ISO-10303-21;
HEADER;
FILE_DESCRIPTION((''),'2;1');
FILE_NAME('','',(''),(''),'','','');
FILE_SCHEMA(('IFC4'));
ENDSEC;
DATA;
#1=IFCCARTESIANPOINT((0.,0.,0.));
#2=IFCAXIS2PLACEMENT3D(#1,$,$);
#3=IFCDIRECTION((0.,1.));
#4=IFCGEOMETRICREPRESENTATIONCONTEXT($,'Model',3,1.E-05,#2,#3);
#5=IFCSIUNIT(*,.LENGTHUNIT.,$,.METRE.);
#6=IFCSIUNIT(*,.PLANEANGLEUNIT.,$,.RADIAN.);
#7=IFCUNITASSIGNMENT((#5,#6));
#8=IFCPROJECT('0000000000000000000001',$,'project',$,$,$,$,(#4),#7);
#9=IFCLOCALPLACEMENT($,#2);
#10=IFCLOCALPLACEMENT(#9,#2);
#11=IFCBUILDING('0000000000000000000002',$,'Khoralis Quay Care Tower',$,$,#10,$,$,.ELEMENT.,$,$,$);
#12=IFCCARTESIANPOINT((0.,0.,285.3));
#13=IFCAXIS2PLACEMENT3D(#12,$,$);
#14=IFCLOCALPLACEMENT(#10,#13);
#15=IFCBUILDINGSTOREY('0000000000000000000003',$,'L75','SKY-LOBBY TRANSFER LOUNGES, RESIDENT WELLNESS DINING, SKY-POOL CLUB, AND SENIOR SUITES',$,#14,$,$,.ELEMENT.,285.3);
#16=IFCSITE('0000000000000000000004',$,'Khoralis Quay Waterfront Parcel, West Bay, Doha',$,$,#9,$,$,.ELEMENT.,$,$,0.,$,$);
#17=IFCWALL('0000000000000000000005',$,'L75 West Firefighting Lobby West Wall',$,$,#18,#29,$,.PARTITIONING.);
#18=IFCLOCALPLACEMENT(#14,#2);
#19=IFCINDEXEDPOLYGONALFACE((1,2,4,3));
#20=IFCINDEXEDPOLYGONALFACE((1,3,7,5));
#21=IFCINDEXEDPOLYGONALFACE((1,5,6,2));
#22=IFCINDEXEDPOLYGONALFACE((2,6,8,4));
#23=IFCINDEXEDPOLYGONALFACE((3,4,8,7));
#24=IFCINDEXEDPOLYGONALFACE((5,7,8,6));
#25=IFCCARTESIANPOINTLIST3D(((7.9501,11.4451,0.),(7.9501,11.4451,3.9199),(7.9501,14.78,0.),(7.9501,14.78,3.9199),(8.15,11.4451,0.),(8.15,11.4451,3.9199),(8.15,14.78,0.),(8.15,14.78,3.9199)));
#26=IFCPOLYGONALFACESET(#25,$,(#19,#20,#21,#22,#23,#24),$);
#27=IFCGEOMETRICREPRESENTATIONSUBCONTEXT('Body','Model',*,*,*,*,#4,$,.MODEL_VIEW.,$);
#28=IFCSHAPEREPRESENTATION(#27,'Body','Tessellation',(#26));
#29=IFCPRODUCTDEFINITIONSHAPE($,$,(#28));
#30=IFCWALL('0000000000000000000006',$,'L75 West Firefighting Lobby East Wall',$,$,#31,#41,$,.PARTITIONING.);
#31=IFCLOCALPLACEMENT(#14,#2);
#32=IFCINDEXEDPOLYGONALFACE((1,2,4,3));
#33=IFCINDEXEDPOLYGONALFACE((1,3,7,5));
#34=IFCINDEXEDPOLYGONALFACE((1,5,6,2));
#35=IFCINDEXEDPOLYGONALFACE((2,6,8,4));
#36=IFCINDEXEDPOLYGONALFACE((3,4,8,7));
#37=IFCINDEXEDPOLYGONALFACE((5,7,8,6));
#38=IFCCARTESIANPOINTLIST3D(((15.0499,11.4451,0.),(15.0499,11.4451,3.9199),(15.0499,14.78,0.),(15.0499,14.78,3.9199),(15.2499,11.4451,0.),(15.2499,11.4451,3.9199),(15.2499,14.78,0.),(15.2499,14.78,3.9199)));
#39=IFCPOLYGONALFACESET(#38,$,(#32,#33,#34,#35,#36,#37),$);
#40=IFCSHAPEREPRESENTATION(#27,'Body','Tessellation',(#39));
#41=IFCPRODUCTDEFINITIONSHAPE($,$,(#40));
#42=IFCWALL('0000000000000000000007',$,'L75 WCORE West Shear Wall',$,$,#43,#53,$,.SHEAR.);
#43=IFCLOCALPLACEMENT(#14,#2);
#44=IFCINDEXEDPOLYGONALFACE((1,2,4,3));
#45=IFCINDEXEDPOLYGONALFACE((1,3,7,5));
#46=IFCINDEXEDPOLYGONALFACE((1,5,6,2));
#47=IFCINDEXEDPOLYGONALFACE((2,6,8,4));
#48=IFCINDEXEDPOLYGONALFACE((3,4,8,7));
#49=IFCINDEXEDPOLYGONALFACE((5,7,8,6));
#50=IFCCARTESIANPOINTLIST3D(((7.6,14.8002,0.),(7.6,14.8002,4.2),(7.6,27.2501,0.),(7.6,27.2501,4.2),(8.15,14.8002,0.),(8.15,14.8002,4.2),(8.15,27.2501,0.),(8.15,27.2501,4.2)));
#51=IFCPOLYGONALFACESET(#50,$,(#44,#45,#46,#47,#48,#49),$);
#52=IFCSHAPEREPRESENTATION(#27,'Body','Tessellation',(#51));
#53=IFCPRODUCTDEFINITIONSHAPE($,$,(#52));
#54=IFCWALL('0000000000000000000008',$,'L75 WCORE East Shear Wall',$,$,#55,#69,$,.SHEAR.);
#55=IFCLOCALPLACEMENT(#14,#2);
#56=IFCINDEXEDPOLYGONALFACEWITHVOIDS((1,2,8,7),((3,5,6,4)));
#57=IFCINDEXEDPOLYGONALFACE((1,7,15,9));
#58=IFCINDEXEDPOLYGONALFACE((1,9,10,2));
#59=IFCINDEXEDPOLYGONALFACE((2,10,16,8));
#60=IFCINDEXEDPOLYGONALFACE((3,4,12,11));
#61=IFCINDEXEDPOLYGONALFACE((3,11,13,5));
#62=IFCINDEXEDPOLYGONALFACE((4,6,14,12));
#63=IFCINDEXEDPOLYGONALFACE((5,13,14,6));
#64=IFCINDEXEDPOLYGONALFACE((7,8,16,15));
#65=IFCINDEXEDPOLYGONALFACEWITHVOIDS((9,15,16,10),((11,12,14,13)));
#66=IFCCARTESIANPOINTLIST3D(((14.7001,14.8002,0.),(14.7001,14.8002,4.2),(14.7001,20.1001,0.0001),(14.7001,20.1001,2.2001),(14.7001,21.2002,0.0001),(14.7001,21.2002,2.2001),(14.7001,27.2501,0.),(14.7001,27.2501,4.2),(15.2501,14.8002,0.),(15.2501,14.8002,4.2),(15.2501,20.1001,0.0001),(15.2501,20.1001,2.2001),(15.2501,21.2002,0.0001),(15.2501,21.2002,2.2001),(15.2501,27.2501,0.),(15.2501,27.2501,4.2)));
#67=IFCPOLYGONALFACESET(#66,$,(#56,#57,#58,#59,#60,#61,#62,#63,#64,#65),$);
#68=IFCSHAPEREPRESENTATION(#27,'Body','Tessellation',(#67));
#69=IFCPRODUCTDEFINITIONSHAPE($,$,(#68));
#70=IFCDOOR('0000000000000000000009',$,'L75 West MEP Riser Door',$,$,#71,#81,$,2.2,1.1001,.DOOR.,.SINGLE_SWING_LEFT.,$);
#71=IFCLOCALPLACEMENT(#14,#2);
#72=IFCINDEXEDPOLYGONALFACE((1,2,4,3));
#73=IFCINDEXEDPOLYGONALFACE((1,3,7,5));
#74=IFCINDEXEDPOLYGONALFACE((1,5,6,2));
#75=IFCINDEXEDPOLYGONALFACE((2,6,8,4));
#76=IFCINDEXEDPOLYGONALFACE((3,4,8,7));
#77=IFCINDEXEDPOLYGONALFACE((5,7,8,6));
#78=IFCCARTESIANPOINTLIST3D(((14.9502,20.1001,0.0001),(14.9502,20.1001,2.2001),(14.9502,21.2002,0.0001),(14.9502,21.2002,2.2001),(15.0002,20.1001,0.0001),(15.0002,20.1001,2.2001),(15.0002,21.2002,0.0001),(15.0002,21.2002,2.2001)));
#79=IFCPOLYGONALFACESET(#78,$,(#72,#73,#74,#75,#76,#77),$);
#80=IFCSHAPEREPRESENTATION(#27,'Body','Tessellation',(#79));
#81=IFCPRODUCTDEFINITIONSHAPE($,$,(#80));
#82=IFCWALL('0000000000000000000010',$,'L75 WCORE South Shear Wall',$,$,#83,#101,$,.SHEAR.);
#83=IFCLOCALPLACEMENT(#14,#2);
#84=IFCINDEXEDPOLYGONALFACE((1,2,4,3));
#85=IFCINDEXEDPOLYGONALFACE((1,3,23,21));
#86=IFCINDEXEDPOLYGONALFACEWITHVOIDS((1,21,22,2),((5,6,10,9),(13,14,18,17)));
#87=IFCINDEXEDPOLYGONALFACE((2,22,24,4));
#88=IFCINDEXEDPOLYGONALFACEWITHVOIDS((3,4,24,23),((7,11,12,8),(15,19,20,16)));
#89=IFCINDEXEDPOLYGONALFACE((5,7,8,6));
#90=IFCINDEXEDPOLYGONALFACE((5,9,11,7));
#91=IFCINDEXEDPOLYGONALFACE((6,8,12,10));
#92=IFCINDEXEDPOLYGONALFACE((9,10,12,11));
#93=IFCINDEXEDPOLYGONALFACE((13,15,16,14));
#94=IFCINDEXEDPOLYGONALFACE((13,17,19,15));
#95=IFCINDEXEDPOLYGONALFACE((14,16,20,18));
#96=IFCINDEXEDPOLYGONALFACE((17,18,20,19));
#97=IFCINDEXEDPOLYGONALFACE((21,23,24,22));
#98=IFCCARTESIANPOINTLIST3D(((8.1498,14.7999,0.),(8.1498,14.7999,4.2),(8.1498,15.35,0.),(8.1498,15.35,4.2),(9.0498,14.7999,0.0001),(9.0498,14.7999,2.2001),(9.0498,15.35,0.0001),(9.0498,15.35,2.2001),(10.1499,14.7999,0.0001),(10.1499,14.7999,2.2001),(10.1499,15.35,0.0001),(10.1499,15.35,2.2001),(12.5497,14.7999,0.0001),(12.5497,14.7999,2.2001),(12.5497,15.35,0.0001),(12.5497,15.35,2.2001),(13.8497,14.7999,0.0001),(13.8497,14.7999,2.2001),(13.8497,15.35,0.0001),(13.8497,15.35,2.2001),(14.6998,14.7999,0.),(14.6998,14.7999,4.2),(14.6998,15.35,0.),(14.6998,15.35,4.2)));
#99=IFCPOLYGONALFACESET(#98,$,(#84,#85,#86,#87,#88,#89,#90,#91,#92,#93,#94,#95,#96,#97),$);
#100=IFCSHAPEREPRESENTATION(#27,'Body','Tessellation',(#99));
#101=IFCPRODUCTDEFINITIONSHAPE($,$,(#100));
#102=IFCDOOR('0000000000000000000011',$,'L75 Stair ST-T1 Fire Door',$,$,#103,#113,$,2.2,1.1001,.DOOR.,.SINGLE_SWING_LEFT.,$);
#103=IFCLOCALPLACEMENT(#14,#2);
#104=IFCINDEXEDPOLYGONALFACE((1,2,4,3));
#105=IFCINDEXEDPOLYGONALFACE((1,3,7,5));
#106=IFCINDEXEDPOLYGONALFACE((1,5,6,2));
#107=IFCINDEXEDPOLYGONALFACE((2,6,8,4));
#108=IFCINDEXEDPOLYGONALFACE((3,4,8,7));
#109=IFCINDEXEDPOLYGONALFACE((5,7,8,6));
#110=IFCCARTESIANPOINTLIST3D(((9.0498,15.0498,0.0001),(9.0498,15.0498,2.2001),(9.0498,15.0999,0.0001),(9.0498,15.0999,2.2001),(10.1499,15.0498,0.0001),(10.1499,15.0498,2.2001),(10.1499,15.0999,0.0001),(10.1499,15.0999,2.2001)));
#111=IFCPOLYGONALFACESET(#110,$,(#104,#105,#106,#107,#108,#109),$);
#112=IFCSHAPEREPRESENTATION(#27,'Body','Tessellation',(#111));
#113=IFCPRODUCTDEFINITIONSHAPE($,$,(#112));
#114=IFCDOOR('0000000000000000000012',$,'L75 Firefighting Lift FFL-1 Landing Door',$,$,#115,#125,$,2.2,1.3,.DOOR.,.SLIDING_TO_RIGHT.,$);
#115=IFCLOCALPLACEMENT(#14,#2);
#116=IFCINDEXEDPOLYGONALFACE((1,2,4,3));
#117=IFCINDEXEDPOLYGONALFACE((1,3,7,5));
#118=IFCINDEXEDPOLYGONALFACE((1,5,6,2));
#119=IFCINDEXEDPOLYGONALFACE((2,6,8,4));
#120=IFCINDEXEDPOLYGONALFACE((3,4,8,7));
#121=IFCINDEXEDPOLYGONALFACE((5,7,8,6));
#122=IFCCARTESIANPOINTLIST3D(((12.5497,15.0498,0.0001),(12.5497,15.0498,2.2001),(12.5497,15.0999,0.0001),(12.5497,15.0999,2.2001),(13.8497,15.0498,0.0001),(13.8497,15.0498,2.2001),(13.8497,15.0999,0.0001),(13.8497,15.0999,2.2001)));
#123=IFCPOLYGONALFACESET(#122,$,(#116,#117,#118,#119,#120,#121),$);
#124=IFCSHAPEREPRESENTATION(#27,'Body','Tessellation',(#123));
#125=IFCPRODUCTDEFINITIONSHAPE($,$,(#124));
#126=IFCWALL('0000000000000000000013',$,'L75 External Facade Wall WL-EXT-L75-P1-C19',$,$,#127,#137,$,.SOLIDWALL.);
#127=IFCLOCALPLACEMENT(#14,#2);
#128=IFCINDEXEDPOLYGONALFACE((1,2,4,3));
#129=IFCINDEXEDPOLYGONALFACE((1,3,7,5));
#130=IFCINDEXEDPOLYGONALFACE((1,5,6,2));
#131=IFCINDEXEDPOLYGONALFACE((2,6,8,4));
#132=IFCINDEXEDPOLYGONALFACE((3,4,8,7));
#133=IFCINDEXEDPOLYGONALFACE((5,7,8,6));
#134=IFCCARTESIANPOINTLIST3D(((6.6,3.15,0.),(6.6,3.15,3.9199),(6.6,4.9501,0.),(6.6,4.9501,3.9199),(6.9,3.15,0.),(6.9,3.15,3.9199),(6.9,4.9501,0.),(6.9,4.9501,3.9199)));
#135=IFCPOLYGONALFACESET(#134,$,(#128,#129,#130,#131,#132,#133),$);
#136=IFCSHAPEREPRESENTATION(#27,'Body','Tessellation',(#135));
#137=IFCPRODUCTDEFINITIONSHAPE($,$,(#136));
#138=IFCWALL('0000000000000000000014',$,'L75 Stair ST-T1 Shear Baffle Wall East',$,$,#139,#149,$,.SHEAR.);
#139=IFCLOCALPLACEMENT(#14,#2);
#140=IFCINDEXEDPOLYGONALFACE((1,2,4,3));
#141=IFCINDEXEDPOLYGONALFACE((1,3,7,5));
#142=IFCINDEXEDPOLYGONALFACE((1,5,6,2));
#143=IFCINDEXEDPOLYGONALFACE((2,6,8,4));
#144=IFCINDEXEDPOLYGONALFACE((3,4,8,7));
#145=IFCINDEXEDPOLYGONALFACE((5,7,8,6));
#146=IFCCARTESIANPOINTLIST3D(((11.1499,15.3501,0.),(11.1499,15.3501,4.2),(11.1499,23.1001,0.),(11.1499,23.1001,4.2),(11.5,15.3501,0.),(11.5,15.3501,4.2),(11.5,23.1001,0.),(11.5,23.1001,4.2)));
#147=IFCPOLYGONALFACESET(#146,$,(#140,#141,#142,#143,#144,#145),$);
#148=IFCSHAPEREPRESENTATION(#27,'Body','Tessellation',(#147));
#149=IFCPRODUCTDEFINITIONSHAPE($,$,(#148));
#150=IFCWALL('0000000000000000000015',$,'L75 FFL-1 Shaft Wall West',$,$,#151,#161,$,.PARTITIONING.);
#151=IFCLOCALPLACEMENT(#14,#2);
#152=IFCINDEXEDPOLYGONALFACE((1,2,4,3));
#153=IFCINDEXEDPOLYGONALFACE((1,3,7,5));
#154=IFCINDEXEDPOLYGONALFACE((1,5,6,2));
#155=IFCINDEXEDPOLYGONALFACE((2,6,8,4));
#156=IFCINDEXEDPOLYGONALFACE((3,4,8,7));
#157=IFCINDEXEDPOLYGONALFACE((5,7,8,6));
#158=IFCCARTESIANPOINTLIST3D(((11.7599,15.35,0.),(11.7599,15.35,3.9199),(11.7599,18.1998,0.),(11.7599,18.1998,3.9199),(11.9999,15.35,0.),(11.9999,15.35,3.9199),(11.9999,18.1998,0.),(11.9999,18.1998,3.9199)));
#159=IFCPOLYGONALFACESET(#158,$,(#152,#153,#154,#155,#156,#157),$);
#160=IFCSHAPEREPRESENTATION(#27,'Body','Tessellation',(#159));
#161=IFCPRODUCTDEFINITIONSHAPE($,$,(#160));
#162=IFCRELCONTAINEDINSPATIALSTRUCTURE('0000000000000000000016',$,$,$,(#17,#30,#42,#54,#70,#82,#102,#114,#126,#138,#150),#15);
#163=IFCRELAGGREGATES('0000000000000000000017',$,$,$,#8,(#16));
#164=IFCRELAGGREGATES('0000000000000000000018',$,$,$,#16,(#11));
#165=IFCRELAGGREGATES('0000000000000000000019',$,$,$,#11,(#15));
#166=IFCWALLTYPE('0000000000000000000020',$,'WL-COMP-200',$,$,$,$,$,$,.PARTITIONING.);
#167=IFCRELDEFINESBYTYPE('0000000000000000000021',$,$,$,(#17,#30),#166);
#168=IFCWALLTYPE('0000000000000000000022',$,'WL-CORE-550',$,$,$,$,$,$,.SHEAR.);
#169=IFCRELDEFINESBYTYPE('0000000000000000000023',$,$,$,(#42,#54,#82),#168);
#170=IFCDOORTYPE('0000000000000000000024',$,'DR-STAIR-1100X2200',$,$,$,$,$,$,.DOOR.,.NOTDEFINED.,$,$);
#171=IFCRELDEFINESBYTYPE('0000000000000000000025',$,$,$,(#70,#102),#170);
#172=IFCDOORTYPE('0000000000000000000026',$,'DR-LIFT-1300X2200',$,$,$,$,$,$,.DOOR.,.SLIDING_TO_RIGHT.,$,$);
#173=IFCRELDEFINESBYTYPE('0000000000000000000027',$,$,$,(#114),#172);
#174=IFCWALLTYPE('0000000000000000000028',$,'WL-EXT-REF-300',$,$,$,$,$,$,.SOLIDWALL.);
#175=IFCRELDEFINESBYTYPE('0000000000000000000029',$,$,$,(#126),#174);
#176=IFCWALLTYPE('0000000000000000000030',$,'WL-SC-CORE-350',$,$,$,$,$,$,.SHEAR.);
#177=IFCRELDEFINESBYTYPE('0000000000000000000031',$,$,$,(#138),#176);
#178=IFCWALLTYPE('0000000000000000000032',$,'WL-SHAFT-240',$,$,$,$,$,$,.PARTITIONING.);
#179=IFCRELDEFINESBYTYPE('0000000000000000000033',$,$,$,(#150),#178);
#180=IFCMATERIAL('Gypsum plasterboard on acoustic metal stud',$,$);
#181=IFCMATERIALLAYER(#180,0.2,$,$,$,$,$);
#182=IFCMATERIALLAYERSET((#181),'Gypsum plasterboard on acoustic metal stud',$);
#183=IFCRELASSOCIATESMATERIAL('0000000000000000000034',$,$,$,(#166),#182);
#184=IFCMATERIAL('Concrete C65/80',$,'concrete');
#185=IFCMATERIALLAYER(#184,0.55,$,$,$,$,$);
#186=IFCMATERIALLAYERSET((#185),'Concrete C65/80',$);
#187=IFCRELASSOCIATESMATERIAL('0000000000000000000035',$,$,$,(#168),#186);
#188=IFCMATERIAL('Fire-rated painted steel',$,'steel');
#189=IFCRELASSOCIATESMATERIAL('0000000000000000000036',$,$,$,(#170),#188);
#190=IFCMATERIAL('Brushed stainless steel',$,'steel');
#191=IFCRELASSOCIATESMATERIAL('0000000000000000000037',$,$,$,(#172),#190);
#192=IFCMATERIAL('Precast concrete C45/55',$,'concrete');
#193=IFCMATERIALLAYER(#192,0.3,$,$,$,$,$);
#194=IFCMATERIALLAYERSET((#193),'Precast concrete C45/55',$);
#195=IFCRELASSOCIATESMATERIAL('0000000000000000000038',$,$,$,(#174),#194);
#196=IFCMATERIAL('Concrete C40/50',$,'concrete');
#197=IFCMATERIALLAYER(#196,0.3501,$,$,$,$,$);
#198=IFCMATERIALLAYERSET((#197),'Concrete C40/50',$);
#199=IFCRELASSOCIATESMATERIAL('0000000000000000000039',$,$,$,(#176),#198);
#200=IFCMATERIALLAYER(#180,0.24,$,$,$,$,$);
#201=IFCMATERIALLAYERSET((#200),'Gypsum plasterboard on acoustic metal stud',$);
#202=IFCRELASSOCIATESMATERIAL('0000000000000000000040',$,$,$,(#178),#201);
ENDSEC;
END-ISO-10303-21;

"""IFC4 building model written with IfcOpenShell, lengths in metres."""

from ifc_helpers import new_model, si_unit, direction, frame, frame_2d, origin, place, context, subcontext, project, spatial, rectangle, extrude, source, transform, mapped, material, layer, layer_set, type_object, element, fill, save


model = new_model("IFC4")

# Units and contexts
model_context = context("Model", 3, precision=1e-05, world=origin(), true_north=direction((0.0, 1.0)))
body_context = subcontext(model_context, "Body", "Model", "MODEL_VIEW")
ifc_project = project(units=[si_unit("LENGTHUNIT", "METRE"), si_unit("PLANEANGLEUNIT", "RADIAN")], contexts=[model_context])

# Site, building, storey
site_placement = place(None, origin())
site = spatial("IfcSite", under=ifc_project, at=site_placement, Name="Khoralis Quay Waterfront Parcel, West Bay, Doha", CompositionType="ELEMENT", RefElevation=0.0)
building_placement = place(site_placement, origin())
building = spatial("IfcBuilding", under=site, at=building_placement, Name="Khoralis Quay Care Tower", CompositionType="ELEMENT")
storey_placement = place(building_placement, frame((0.0, 0.0, 285.3)))
storey = spatial("IfcBuildingStorey", under=building, at=storey_placement, Name="L75", Description="SKY-LOBBY TRANSFER LOUNGES, RESIDENT WELLNESS DINING, SKY-POOL CLUB, AND SENIOR SUITES", CompositionType="ELEMENT", Elevation=285.3)

# Shared definitions
ifc_material_1 = material(Name="Gypsum plasterboard on acoustic metal stud")
ifc_layer_1 = layer(ifc_material_1, 0.2)
ifc_layer_set_1 = layer_set([ifc_layer_1], Name="Gypsum plasterboard on acoustic metal stud")
wall_type_1 = type_object("IfcWallType", Name="WL-COMP-200", PredefinedType="PARTITIONING", material=ifc_layer_set_1)
ifc_material_2 = material(Name="Fire-rated painted steel", Category="steel")

# Walls
for number, where, z_axis, x_axis, name in (
    (1, (8.05, 11.4451, 0.0), (0.0, 0.0, 1.0), (0.0, 1.0, 0.0), "L75 West Firefighting Lobby West Wall"),
    (2, (15.1499, 11.4451, 0.0), (0.0, 0.0, 1.0), (0.0, 1.0, 0.0), "L75 West Firefighting Lobby East Wall"),
):
    element("IfcWall", number, at=place(storey_placement, frame(where, z_axis=z_axis, x_axis=x_axis)), inside=storey, type_object=wall_type_1, Name=name, PredefinedType="PARTITIONING", context=body_context, shape_type="SweptSolid", body=[
        extrude(rectangle(XDim=3.335, YDim=0.2, at=frame_2d((1.6675, 0.0))), origin(), (0.0, 0.0, 1.0), 3.9199),
    ])
ifc_material_3 = material(Name="Concrete C65/80", Category="concrete")
ifc_layer_2 = layer(ifc_material_3, 0.55)
ifc_layer_set_2 = layer_set([ifc_layer_2], Name="Concrete C65/80")
wall_type_2 = type_object("IfcWallType", Name="WL-CORE-550", PredefinedType="SHEAR", material=ifc_layer_set_2)
wall_1_placement = place(storey_placement, frame((7.875, 14.8, 0.0), z_axis=(0.0, 0.0, 1.0), x_axis=(0.0, 1.0, 0.0)))
element("IfcWall", 3, at=wall_1_placement, inside=storey, type_object=wall_type_2, Name="L75 WCORE West Shear Wall", PredefinedType="SHEAR", context=body_context, shape_type="SweptSolid", body=[
    extrude(rectangle(XDim=12.45, YDim=0.55, at=frame_2d((6.2251, 0.0))), origin(), (0.0, 0.0, 1.0), 4.2),
])

# Wall, opening, door
wall_2_placement = place(storey_placement, frame((14.9751, 14.8, 0.0), z_axis=(0.0, 0.0, 1.0), x_axis=(0.0, 1.0, 0.0)))
wall_2 = element("IfcWall", 4, at=wall_2_placement, inside=storey, type_object=wall_type_2, Name="L75 WCORE East Shear Wall", PredefinedType="SHEAR", context=body_context, shape_type="SweptSolid", body=[
    extrude(rectangle(XDim=12.45, YDim=0.55, at=frame_2d((6.2251, 0.0))), origin(), (0.0, 0.0, 1.0), 4.2),
])
opening_1_placement = place(wall_2_placement, frame((5.3, 0.0, 0.0)))
opening_1 = element("IfcOpeningElement", 5, at=opening_1_placement, cuts=wall_2, PredefinedType="OPENING", context=body_context, shape_type="SweptSolid", body=[
    extrude(rectangle(XDim=1.1001, YDim=2.2, at=frame_2d((0.55, 1.1001))), frame((0.0, 0.2852, 0.0), z_axis=(0.0, -1.0, 0.0), x_axis=(1.0, 0.0, 0.0)), (0.0, 0.0, 1.0), 0.5701),
])
door_type_1 = type_object("IfcDoorType", Name="DR-STAIR-1100X2200", OperationType="NOTDEFINED", PredefinedType="DOOR", material=ifc_material_2)
shared_shape_1 = source(origin(), body_context, "Body", "SweptSolid", [
    extrude(rectangle(XDim=1.1001, YDim=2.2, at=frame_2d((0.55, 1.1001))), frame((0.0, 0.0249, 0.0), z_axis=(0.0, -1.0, 0.0), x_axis=(1.0, 0.0, 0.0)), (0.0, 0.0, 1.0), 0.05),
])
door_1_placement = place(opening_1_placement, origin())
door_1 = element("IfcDoor", 6, at=door_1_placement, inside=storey, type_object=door_type_1, Name="L75 West MEP Riser Door", OperationType="SINGLE_SWING_LEFT", OverallHeight=2.2, OverallWidth=1.1001, PredefinedType="DOOR", context=body_context, shape_type="MappedRepresentation", body=[
    mapped(shared_shape_1, transform((0.0, 0.0, 0.0), scale=1.0)),
])
fill(opening_1, door_1)

# Wall, openings, doors
wall_3_placement = place(storey_placement, frame((8.1499, 15.075, 0.0), z_axis=(0.0, 0.0, 1.0), x_axis=(1.0, 0.0, 0.0)))
wall_3 = element("IfcWall", 7, at=wall_3_placement, inside=storey, type_object=wall_type_2, Name="L75 WCORE South Shear Wall", PredefinedType="SHEAR", context=body_context, shape_type="SweptSolid", body=[
    extrude(rectangle(XDim=6.55, YDim=0.55, at=frame_2d((3.2749, 0.0))), origin(), (0.0, 0.0, 1.0), 4.2),
])
opening_2_placement = place(wall_3_placement, frame((0.8999, 0.0, 0.0)))
opening_2 = element("IfcOpeningElement", 8, at=opening_2_placement, cuts=wall_3, PredefinedType="OPENING", context=body_context, shape_type="SweptSolid", body=[
    extrude(rectangle(XDim=1.1001, YDim=2.2, at=frame_2d((0.55, 1.1001))), frame((0.0, 0.2852, 0.0), z_axis=(0.0, -1.0, 0.0), x_axis=(1.0, 0.0, 0.0)), (0.0, 0.0, 1.0), 0.5701),
])
opening_3_placement = place(wall_3_placement, frame((4.3999, 0.0, 0.0)))
opening_3 = element("IfcOpeningElement", 9, at=opening_3_placement, cuts=wall_3, PredefinedType="OPENING", context=body_context, shape_type="SweptSolid", body=[
    extrude(rectangle(XDim=1.3, YDim=2.2, at=frame_2d((0.6499, 1.1001))), frame((0.0, 0.2852, 0.0), z_axis=(0.0, -1.0, 0.0), x_axis=(1.0, 0.0, 0.0)), (0.0, 0.0, 1.0), 0.5701),
])
door_2_placement = place(opening_2_placement, origin())
door_2 = element("IfcDoor", 10, at=door_2_placement, inside=storey, type_object=door_type_1, Name="L75 Stair ST-T1 Fire Door", OperationType="SINGLE_SWING_LEFT", OverallHeight=2.2, OverallWidth=1.1001, PredefinedType="DOOR", context=body_context, shape_type="MappedRepresentation", body=[
    mapped(shared_shape_1, transform((0.0, 0.0, 0.0), scale=1.0)),
])
fill(opening_2, door_2)
ifc_material_4 = material(Name="Brushed stainless steel", Category="steel")
door_type_2 = type_object("IfcDoorType", Name="DR-LIFT-1300X2200", OperationType="SLIDING_TO_RIGHT", PredefinedType="DOOR", material=ifc_material_4)
shared_shape_2 = source(origin(), body_context, "Body", "SweptSolid", [
    extrude(rectangle(XDim=1.3, YDim=2.2, at=frame_2d((0.6499, 1.1001))), frame((0.0, 0.0249, 0.0), z_axis=(0.0, -1.0, 0.0), x_axis=(1.0, 0.0, 0.0)), (0.0, 0.0, 1.0), 0.05),
])
door_3_placement = place(opening_3_placement, origin())
door_3 = element("IfcDoor", 11, at=door_3_placement, inside=storey, type_object=door_type_2, Name="L75 Firefighting Lift FFL-1 Landing Door", OperationType="SLIDING_TO_RIGHT", OverallHeight=2.2, OverallWidth=1.3, PredefinedType="DOOR", context=body_context, shape_type="MappedRepresentation", body=[
    mapped(shared_shape_2, transform((0.0, 0.0, 0.0), scale=1.0)),
])
fill(opening_3, door_3)

# Walls
ifc_material_5 = material(Name="Precast concrete C45/55", Category="concrete")
ifc_layer_3 = layer(ifc_material_5, 0.3)
ifc_layer_set_3 = layer_set([ifc_layer_3], Name="Precast concrete C45/55")
wall_type_3 = type_object("IfcWallType", Name="WL-EXT-REF-300", PredefinedType="SOLIDWALL", material=ifc_layer_set_3)
wall_4_placement = place(storey_placement, frame((6.75, 4.95, 0.0), z_axis=(0.0, 0.0, 1.0), x_axis=(0.0, -1.0, 0.0)))
element("IfcWall", 12, at=wall_4_placement, inside=storey, type_object=wall_type_3, Name="L75 External Facade Wall WL-EXT-L75-P1-C19", PredefinedType="SOLIDWALL", context=body_context, shape_type="SweptSolid", body=[
    extrude(rectangle(XDim=1.8, YDim=0.3, at=frame_2d((0.8999, 0.0))), origin(), (0.0, 0.0, 1.0), 3.9199),
])
ifc_material_6 = material(Name="Concrete C40/50", Category="concrete")
ifc_layer_4 = layer(ifc_material_6, 0.3501)
ifc_layer_set_4 = layer_set([ifc_layer_4], Name="Concrete C40/50")
wall_type_4 = type_object("IfcWallType", Name="WL-SC-CORE-350", PredefinedType="SHEAR", material=ifc_layer_set_4)
wall_5_placement = place(storey_placement, frame((11.325, 15.3501, 0.0), z_axis=(0.0, 0.0, 1.0), x_axis=(0.0, 1.0, 0.0)))
element("IfcWall", 13, at=wall_5_placement, inside=storey, type_object=wall_type_4, Name="L75 Stair ST-T1 Shear Baffle Wall East", PredefinedType="SHEAR", context=body_context, shape_type="SweptSolid", body=[
    extrude(rectangle(XDim=7.75, YDim=0.3501, at=frame_2d((3.875, 0.0))), origin(), (0.0, 0.0, 1.0), 4.2),
])
ifc_layer_5 = layer(ifc_material_1, 0.24)
ifc_layer_set_5 = layer_set([ifc_layer_5], Name="Gypsum plasterboard on acoustic metal stud")
wall_type_5 = type_object("IfcWallType", Name="WL-SHAFT-240", PredefinedType="PARTITIONING", material=ifc_layer_set_5)
wall_6_placement = place(storey_placement, frame((11.8799, 15.3501, 0.0), z_axis=(0.0, 0.0, 1.0), x_axis=(0.0, 1.0, 0.0)))
element("IfcWall", 14, at=wall_6_placement, inside=storey, type_object=wall_type_5, Name="L75 FFL-1 Shaft Wall West", PredefinedType="PARTITIONING", context=body_context, shape_type="SweptSolid", body=[
    extrude(rectangle(XDim=2.8499, YDim=0.24, at=frame_2d((1.4248, 0.0))), origin(), (0.0, 0.0, 1.0), 3.9199),
])

save(model, "model.ifc")
